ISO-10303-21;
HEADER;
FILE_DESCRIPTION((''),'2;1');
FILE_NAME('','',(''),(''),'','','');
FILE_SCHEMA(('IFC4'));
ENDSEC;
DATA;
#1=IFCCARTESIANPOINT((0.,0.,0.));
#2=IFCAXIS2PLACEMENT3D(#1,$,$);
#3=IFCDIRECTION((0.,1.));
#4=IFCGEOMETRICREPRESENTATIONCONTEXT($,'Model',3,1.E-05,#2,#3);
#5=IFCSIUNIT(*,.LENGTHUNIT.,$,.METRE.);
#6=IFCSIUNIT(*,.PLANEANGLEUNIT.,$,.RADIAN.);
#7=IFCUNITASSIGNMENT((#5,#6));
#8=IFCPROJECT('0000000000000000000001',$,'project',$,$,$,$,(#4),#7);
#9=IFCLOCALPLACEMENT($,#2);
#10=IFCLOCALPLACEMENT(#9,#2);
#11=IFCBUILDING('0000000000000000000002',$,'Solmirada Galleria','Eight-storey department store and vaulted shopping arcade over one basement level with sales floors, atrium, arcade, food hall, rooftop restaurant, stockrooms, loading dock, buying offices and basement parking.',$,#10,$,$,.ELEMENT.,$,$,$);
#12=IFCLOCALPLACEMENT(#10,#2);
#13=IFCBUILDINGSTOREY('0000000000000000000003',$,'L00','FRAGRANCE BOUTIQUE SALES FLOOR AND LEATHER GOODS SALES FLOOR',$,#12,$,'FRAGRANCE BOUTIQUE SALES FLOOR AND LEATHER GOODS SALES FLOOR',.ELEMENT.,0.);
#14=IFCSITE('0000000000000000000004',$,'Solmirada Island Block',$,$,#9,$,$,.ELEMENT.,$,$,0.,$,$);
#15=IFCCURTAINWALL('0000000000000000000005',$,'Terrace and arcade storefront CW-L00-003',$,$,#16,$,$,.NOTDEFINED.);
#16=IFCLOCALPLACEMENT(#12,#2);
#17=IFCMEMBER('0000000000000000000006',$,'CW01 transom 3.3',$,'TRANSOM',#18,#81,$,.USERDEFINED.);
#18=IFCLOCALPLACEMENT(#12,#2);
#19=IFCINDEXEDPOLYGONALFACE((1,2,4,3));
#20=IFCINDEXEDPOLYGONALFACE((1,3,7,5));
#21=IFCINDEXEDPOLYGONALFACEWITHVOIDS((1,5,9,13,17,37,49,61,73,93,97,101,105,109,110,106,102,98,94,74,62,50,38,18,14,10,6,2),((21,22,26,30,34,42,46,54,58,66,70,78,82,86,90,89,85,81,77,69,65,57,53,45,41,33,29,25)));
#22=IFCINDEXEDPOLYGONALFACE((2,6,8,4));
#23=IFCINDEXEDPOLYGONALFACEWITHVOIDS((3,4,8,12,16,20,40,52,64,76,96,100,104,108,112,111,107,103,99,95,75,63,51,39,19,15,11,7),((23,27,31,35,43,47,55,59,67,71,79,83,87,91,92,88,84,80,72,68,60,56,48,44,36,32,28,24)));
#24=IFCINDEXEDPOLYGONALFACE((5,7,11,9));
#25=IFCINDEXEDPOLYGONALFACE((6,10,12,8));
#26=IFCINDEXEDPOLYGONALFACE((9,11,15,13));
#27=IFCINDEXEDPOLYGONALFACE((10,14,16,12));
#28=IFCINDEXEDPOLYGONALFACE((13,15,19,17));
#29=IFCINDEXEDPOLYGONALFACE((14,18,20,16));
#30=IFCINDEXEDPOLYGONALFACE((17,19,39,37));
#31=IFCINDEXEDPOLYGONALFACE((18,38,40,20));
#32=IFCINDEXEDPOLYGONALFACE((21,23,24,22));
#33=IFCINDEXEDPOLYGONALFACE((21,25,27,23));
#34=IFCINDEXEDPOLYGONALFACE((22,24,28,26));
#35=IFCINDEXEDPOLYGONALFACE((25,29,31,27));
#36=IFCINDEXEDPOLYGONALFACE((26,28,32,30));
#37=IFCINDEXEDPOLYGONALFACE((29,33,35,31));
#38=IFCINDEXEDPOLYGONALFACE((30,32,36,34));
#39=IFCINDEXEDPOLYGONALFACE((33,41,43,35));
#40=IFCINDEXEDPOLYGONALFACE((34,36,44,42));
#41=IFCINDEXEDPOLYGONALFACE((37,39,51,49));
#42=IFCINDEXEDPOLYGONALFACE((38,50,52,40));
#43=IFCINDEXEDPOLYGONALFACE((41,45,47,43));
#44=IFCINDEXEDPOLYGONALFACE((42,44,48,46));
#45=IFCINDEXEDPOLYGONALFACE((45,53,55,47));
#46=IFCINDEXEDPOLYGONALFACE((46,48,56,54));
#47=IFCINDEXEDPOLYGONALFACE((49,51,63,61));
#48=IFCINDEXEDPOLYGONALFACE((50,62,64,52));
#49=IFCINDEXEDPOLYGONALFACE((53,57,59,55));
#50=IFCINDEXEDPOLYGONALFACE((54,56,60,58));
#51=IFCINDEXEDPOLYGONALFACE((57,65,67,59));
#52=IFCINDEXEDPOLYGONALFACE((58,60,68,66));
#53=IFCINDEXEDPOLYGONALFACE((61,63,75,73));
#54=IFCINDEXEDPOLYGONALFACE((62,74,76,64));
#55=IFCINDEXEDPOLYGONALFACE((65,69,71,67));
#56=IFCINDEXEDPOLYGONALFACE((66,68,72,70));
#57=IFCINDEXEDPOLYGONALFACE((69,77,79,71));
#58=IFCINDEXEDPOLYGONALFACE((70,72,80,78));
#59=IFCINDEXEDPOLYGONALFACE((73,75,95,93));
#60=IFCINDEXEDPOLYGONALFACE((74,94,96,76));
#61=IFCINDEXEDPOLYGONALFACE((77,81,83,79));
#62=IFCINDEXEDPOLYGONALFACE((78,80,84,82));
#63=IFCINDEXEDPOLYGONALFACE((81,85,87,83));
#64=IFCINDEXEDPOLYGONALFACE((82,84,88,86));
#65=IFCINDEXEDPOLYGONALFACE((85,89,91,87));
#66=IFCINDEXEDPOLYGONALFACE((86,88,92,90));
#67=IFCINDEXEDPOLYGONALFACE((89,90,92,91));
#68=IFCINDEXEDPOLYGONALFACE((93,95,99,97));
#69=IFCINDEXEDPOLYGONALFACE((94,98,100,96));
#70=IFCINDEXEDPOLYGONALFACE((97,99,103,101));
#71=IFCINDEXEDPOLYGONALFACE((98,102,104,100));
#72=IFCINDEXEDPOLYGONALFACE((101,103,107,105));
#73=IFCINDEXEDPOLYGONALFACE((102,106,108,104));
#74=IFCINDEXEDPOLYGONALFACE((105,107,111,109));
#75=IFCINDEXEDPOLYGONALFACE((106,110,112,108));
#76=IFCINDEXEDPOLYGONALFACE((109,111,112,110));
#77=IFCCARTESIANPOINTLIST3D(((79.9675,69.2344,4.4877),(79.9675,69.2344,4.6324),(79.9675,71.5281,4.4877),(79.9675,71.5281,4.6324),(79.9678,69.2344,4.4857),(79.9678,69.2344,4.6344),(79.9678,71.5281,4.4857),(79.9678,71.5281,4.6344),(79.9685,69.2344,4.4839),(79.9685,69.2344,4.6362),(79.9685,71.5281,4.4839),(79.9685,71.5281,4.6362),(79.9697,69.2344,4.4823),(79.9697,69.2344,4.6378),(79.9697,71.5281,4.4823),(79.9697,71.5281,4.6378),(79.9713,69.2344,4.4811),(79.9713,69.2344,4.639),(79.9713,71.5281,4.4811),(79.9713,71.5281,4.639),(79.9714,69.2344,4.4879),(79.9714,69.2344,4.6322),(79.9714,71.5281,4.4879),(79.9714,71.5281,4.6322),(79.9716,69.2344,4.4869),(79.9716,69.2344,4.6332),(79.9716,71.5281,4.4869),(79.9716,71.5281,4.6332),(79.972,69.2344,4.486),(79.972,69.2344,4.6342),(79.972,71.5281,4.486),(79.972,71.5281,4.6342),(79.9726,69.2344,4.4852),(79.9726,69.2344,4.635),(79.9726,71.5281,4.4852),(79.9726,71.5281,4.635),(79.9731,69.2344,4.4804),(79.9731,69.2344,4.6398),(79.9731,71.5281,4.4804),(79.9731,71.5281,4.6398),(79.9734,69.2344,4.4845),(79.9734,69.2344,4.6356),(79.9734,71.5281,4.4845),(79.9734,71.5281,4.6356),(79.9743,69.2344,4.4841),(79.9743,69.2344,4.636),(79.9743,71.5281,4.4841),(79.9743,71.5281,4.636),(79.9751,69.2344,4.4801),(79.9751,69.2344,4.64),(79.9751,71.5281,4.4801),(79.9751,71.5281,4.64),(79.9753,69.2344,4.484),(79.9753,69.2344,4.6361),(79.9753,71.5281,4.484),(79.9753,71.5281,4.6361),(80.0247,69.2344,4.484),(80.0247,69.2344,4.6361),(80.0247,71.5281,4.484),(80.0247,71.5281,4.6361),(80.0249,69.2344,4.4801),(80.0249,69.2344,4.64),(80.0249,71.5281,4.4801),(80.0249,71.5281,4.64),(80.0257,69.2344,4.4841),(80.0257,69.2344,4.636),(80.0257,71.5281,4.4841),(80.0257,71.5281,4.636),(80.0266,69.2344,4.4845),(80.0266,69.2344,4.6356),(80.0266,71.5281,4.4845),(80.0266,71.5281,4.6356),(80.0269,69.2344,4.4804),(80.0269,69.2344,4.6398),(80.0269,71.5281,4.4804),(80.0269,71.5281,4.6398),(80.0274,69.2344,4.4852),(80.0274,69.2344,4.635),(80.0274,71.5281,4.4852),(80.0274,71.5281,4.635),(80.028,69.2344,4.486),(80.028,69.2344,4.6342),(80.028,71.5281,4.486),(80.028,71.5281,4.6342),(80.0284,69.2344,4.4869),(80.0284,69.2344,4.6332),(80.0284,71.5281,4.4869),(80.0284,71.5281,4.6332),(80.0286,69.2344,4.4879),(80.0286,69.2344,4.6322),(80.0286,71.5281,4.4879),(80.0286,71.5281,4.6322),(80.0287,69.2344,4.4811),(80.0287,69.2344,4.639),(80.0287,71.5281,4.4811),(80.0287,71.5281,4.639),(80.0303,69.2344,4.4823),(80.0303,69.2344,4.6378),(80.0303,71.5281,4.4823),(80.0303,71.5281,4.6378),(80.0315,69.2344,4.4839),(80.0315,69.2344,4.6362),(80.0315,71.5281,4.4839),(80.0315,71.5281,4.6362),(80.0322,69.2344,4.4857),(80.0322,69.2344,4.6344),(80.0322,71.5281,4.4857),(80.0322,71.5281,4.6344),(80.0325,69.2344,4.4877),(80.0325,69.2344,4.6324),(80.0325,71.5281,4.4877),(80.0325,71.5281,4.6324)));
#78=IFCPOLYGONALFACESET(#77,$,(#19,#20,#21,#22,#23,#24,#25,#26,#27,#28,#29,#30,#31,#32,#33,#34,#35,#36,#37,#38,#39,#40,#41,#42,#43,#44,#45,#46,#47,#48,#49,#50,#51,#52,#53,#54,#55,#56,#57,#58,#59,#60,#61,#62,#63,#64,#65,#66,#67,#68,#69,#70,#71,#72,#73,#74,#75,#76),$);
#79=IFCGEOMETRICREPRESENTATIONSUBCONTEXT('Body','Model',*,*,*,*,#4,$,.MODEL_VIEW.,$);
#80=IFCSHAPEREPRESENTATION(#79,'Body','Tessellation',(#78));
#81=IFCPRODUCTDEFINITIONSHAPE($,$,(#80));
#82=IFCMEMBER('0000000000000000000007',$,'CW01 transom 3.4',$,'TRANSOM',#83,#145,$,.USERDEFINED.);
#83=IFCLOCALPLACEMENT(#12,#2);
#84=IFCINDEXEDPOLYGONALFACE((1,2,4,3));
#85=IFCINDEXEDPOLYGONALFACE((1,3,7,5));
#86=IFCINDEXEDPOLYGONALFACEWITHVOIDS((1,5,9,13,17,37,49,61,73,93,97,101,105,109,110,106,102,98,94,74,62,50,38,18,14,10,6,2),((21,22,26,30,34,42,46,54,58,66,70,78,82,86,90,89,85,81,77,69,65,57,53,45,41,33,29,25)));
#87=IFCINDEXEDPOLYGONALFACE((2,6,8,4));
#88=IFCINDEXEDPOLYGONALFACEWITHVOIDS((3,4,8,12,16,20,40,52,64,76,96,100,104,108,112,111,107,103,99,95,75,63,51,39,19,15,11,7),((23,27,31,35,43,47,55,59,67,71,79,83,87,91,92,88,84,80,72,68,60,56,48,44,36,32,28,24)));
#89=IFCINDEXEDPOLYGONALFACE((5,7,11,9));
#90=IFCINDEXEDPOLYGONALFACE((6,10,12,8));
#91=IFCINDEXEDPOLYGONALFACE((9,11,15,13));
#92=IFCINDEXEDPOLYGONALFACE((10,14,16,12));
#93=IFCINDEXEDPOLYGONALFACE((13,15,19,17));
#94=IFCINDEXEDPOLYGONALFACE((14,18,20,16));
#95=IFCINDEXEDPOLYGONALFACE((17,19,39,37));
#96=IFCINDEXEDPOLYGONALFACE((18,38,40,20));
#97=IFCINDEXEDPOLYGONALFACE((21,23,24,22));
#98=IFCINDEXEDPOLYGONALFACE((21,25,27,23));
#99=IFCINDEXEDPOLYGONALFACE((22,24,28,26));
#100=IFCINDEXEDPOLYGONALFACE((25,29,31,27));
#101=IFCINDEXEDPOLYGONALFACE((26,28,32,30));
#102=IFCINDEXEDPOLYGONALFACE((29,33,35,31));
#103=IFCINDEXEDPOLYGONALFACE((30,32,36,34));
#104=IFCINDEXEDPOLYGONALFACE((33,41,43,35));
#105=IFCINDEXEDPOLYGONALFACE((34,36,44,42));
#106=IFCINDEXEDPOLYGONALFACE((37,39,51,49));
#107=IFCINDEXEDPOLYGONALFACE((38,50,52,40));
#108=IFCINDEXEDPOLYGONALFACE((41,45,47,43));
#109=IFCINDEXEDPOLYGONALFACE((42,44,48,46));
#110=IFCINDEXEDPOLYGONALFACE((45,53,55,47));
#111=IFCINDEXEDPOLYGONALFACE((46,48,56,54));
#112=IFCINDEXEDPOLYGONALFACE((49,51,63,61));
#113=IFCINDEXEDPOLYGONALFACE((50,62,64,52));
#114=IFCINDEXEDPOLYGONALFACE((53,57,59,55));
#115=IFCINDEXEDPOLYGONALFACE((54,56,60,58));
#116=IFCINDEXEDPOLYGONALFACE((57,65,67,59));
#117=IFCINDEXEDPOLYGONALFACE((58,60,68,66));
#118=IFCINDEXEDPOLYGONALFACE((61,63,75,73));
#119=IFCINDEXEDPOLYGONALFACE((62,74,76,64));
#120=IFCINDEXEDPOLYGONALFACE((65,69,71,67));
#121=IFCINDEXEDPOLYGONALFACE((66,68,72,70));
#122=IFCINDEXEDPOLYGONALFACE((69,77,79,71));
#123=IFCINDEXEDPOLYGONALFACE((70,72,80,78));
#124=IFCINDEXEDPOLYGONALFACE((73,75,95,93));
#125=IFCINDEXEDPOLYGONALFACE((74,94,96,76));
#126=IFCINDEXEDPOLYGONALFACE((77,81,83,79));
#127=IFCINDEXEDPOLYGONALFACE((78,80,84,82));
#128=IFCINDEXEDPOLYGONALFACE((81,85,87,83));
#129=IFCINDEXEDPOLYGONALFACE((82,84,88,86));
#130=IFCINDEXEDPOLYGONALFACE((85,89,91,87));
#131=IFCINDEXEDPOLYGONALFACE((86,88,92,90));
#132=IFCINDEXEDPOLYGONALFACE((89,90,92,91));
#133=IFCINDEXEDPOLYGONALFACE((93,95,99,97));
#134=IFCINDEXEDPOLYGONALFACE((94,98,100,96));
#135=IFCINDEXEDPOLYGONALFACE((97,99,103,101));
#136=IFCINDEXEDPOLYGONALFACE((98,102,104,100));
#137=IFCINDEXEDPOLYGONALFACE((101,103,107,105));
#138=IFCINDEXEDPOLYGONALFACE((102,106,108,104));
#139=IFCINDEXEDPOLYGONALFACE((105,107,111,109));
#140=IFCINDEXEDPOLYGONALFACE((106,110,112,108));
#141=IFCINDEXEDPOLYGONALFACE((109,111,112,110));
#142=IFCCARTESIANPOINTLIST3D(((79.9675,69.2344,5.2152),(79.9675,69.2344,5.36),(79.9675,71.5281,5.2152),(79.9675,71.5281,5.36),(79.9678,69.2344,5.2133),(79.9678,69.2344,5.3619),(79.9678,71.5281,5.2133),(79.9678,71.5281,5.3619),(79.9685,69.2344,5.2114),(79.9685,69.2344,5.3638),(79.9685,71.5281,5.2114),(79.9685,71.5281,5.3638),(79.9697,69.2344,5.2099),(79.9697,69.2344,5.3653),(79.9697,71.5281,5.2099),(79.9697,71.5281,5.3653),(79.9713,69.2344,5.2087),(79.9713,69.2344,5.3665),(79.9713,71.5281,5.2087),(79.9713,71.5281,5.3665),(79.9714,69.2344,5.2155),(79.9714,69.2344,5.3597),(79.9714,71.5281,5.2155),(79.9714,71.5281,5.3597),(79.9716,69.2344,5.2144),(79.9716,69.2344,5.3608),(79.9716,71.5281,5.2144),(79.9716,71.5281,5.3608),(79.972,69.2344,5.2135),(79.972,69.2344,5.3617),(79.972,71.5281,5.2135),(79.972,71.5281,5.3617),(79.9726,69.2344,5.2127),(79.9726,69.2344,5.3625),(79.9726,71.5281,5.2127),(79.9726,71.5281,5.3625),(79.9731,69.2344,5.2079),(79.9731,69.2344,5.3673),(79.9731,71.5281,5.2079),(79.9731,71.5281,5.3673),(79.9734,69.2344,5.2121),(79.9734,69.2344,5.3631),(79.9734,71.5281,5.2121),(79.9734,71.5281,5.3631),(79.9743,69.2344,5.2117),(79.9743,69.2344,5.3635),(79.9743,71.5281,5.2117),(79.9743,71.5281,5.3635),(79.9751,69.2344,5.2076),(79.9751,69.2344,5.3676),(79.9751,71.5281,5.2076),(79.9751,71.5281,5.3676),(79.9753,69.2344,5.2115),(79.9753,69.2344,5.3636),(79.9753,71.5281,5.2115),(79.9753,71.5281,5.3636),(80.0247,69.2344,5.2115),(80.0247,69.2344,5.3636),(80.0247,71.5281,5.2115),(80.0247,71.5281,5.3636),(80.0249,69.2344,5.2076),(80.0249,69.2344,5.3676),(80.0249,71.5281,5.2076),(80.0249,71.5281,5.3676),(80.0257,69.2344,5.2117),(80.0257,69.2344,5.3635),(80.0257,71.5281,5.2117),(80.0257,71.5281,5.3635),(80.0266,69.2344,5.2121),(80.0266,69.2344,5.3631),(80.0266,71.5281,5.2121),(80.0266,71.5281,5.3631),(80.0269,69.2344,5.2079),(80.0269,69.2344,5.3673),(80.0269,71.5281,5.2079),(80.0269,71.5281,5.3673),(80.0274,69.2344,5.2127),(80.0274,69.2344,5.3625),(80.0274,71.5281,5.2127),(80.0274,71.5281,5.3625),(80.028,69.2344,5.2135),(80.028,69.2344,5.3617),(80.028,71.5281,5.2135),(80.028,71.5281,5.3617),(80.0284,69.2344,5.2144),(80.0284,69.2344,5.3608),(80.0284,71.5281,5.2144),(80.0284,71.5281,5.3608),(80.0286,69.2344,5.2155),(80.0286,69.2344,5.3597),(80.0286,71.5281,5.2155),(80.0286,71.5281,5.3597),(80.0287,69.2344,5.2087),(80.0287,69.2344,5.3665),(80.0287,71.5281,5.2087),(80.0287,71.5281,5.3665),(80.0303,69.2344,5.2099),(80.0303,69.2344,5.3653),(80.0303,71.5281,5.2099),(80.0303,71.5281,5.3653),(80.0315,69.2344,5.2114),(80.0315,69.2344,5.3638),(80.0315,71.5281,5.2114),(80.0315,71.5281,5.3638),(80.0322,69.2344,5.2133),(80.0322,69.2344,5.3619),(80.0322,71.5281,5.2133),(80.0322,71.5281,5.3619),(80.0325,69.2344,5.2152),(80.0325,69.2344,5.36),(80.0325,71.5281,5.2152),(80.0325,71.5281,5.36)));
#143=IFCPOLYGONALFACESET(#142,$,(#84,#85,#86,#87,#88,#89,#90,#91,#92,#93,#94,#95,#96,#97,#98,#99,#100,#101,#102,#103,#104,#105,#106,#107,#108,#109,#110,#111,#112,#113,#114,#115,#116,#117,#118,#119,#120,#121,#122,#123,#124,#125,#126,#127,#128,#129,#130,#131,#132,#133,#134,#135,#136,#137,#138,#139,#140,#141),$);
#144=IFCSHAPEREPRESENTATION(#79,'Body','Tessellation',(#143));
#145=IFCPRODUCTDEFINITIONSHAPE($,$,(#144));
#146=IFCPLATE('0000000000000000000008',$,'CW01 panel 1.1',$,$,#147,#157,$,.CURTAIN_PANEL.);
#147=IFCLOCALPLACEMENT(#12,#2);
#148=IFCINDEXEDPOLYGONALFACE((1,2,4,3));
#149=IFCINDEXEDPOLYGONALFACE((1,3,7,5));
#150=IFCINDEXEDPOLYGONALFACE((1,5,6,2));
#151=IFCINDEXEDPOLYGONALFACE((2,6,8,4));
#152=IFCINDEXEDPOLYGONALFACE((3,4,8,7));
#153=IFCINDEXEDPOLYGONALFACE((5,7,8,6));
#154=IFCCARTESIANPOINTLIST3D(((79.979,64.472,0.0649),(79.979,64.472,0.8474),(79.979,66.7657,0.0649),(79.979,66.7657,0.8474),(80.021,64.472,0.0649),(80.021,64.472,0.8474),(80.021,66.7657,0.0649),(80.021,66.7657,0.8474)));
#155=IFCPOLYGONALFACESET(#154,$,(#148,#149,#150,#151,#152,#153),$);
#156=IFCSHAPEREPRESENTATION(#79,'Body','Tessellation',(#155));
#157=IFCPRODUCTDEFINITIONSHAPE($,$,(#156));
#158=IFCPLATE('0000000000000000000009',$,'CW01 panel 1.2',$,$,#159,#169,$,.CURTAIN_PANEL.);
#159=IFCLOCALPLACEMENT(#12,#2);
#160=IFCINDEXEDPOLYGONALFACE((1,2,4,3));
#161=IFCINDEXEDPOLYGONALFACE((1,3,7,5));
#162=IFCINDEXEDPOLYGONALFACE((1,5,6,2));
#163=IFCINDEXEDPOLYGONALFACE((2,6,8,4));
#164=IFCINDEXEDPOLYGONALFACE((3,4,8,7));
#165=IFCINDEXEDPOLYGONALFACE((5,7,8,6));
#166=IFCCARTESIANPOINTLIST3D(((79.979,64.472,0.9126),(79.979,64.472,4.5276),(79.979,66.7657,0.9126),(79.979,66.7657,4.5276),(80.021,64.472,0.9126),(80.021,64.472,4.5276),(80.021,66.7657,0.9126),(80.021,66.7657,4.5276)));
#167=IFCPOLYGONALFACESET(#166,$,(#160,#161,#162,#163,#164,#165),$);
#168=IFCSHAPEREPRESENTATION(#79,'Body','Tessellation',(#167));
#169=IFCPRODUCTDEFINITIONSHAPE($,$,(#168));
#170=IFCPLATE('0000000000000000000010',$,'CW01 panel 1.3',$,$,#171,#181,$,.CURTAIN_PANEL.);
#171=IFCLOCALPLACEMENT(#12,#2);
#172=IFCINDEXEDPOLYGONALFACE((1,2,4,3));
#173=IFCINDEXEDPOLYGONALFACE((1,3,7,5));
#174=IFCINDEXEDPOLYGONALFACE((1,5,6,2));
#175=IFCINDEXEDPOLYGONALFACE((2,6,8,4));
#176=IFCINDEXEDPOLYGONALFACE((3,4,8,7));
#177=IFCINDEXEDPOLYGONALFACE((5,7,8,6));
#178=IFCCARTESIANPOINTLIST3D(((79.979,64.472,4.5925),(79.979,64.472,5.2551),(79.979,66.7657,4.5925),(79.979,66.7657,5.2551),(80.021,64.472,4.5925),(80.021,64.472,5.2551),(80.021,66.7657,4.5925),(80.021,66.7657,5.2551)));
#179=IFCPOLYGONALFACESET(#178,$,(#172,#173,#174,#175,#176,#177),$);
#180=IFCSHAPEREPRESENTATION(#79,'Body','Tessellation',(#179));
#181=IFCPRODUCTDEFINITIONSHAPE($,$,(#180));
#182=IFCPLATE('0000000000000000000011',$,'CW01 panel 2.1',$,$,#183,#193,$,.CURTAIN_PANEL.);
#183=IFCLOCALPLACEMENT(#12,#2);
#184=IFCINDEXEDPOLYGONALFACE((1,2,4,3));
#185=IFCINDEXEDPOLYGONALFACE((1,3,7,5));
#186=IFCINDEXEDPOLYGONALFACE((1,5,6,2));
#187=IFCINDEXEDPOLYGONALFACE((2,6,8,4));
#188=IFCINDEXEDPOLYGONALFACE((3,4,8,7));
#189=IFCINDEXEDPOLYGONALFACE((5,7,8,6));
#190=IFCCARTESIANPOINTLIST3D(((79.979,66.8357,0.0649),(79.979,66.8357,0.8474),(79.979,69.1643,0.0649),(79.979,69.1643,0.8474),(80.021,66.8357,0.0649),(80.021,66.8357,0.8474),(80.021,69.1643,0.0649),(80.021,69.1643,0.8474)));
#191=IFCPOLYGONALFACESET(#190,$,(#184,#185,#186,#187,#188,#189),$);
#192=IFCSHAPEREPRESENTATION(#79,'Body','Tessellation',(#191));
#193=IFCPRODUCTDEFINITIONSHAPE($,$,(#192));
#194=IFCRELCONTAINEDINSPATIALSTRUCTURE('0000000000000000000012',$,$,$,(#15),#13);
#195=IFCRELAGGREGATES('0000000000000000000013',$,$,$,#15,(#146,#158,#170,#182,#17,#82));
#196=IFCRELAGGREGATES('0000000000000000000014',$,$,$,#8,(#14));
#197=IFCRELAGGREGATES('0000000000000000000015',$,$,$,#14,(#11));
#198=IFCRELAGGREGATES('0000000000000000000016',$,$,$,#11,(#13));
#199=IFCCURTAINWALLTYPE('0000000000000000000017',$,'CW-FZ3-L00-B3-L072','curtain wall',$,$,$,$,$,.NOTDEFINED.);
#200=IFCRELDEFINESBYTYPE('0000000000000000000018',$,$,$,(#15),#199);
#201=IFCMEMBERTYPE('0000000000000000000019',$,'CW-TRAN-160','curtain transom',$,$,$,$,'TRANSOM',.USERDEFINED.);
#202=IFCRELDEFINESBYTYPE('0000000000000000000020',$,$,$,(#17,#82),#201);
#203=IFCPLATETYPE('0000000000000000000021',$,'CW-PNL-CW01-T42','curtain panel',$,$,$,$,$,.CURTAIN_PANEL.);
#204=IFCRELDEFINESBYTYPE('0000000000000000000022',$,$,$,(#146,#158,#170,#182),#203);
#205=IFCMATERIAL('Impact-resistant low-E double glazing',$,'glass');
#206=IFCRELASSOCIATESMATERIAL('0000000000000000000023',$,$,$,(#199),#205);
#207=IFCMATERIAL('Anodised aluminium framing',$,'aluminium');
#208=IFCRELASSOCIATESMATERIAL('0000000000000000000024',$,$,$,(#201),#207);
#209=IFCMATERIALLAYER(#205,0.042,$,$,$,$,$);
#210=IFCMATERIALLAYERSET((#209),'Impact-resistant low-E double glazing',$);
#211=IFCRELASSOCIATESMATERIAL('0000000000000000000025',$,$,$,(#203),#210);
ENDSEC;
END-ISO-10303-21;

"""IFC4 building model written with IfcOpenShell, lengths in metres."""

from ifc_helpers import new_model, si_unit, direction, frame, origin, origin_2d, place, context, subcontext, project, spatial, rectangle, hollow_rectangle, extrude, material, layer, layer_set, material_profile, profile_set, type_object, element, aggregate, save


model = new_model("IFC4")

# Units and contexts
model_context = context("Model", 3, precision=1e-05, world=origin(), true_north=direction((0.0, 1.0)))
body_context = subcontext(model_context, "Body", "Model", "MODEL_VIEW")
ifc_project = project(units=[si_unit("LENGTHUNIT", "METRE"), si_unit("PLANEANGLEUNIT", "RADIAN")], contexts=[model_context])

# Site, building, storey
site_placement = place(None, origin())
site = spatial("IfcSite", under=ifc_project, at=site_placement, Name="Solmirada Island Block", CompositionType="ELEMENT", RefElevation=0.0)
building_placement = place(site_placement, origin())
building = spatial("IfcBuilding", under=site, at=building_placement, Name="Solmirada Galleria", Description="Eight-storey department store and vaulted shopping arcade over one basement level with sales floors, atrium, arcade, food hall, rooftop restaurant, stockrooms, loading dock, buying offices and basement parking.", CompositionType="ELEMENT")
storey_placement = place(building_placement, origin())
storey = spatial("IfcBuildingStorey", under=building, at=storey_placement, Name="L00", Description="FRAGRANCE BOUTIQUE SALES FLOOR AND LEATHER GOODS SALES FLOOR", LongName="FRAGRANCE BOUTIQUE SALES FLOOR AND LEATHER GOODS SALES FLOOR", CompositionType="ELEMENT", Elevation=0.0)

# Curtain wall, members, plates
ifc_material_1 = material(Name="Impact-resistant low-E double glazing", Category="glass")
curtain_wall_type = type_object("IfcCurtainWallType", Name="CW-FZ3-L00-B3-L072", Description="curtain wall", PredefinedType="NOTDEFINED", material=ifc_material_1)
curtain_wall_placement = place(storey_placement, origin())
curtain_wall = element("IfcCurtainWall", 1, at=curtain_wall_placement, inside=storey, type_object=curtain_wall_type, Name="Terrace and arcade storefront CW-L00-003", PredefinedType="NOTDEFINED")
ifc_material_2 = material(Name="Anodised aluminium framing", Category="aluminium")
ifc_material_profile_1 = material_profile(ifc_material_2, hollow_rectangle(XDim=0.0649, YDim=0.1599, WallThickness=0.0039, InnerFilletRadius=0.0039, OuterFilletRadius=0.0076, at=origin_2d()), Name="ALU-TRAN-160X65")
ifc_profile_set_1 = profile_set([ifc_material_profile_1], Name="Anodised aluminium framing")
member_type_1 = type_object("IfcMemberType", Name="CW-TRAN-160", Description="curtain transom", ElementType="TRANSOM", PredefinedType="USERDEFINED", material=ifc_profile_set_1)
member_1_placement = place(storey_placement, frame((80.0, 69.2344, 4.5601), z_axis=(0.0, 1.0, 0.0), x_axis=(-1.0, 0.0, 0.0)))
member_1 = element("IfcMember", 2, at=member_1_placement, type_object=member_type_1, Name="CW01 transom 3.3", ObjectType="TRANSOM", PredefinedType="USERDEFINED", context=body_context, shape_type="SweptSolid", body=[
    extrude(hollow_rectangle(XDim=0.0649, YDim=0.1599, WallThickness=0.0039, InnerFilletRadius=0.0039, OuterFilletRadius=0.0076, at=origin_2d()), origin(), (0.0, 0.0, 1.0), 2.2937),
])
member_2_placement = place(storey_placement, frame((80.0, 69.2344, 5.2876), z_axis=(0.0, 1.0, 0.0), x_axis=(-1.0, 0.0, 0.0)))
member_2 = element("IfcMember", 3, at=member_2_placement, type_object=member_type_1, Name="CW01 transom 3.4", ObjectType="TRANSOM", PredefinedType="USERDEFINED", context=body_context, shape_type="SweptSolid", body=[
    extrude(hollow_rectangle(XDim=0.0649, YDim=0.1599, WallThickness=0.0039, InnerFilletRadius=0.0039, OuterFilletRadius=0.0076, at=origin_2d()), origin(), (0.0, 0.0, 1.0), 2.2937),
])
ifc_layer = layer(ifc_material_1, 0.042)
ifc_layer_set = layer_set([ifc_layer], Name="Impact-resistant low-E double glazing")
plate_type = type_object("IfcPlateType", Name="CW-PNL-CW01-T42", Description="curtain panel", PredefinedType="CURTAIN_PANEL", material=ifc_layer_set)
plate_1_placement = place(storey_placement, frame((80.0, 65.6189, 0.0649), z_axis=(0.0, 0.0, 1.0), x_axis=(0.0, 1.0, 0.0)))
plate_1 = element("IfcPlate", 4, at=plate_1_placement, type_object=plate_type, Name="CW01 panel 1.1", PredefinedType="CURTAIN_PANEL", context=body_context, shape_type="SweptSolid", body=[
    extrude(rectangle(XDim=2.2937, YDim=0.042, at=origin_2d()), origin(), (0.0, 0.0, 1.0), 0.7825),
])
plate_2_placement = place(storey_placement, frame((80.0, 65.6189, 0.9126), z_axis=(0.0, 0.0, 1.0), x_axis=(0.0, 1.0, 0.0)))
plate_2 = element("IfcPlate", 5, at=plate_2_placement, type_object=plate_type, Name="CW01 panel 1.2", PredefinedType="CURTAIN_PANEL", context=body_context, shape_type="SweptSolid", body=[
    extrude(rectangle(XDim=2.2937, YDim=0.042, at=origin_2d()), origin(), (0.0, 0.0, 1.0), 3.615),
])
plate_3_placement = place(storey_placement, frame((80.0, 65.6189, 4.5925), z_axis=(0.0, 0.0, 1.0), x_axis=(0.0, 1.0, 0.0)))
plate_3 = element("IfcPlate", 6, at=plate_3_placement, type_object=plate_type, Name="CW01 panel 1.3", PredefinedType="CURTAIN_PANEL", context=body_context, shape_type="SweptSolid", body=[
    extrude(rectangle(XDim=2.2937, YDim=0.042, at=origin_2d()), origin(), (0.0, 0.0, 1.0), 0.6626),
])
plate_4_placement = place(storey_placement, frame((80.0, 68.0, 0.0649), z_axis=(0.0, 0.0, 1.0), x_axis=(0.0, 1.0, 0.0)))
plate_4 = element("IfcPlate", 7, at=plate_4_placement, type_object=plate_type, Name="CW01 panel 2.1", PredefinedType="CURTAIN_PANEL", context=body_context, shape_type="SweptSolid", body=[
    extrude(rectangle(XDim=2.3286, YDim=0.042, at=origin_2d()), origin(), (0.0, 0.0, 1.0), 0.7825),
])
aggregate(curtain_wall, [plate_1, plate_2, plate_3, plate_4, member_1, member_2])

save(model, "model.ifc")
